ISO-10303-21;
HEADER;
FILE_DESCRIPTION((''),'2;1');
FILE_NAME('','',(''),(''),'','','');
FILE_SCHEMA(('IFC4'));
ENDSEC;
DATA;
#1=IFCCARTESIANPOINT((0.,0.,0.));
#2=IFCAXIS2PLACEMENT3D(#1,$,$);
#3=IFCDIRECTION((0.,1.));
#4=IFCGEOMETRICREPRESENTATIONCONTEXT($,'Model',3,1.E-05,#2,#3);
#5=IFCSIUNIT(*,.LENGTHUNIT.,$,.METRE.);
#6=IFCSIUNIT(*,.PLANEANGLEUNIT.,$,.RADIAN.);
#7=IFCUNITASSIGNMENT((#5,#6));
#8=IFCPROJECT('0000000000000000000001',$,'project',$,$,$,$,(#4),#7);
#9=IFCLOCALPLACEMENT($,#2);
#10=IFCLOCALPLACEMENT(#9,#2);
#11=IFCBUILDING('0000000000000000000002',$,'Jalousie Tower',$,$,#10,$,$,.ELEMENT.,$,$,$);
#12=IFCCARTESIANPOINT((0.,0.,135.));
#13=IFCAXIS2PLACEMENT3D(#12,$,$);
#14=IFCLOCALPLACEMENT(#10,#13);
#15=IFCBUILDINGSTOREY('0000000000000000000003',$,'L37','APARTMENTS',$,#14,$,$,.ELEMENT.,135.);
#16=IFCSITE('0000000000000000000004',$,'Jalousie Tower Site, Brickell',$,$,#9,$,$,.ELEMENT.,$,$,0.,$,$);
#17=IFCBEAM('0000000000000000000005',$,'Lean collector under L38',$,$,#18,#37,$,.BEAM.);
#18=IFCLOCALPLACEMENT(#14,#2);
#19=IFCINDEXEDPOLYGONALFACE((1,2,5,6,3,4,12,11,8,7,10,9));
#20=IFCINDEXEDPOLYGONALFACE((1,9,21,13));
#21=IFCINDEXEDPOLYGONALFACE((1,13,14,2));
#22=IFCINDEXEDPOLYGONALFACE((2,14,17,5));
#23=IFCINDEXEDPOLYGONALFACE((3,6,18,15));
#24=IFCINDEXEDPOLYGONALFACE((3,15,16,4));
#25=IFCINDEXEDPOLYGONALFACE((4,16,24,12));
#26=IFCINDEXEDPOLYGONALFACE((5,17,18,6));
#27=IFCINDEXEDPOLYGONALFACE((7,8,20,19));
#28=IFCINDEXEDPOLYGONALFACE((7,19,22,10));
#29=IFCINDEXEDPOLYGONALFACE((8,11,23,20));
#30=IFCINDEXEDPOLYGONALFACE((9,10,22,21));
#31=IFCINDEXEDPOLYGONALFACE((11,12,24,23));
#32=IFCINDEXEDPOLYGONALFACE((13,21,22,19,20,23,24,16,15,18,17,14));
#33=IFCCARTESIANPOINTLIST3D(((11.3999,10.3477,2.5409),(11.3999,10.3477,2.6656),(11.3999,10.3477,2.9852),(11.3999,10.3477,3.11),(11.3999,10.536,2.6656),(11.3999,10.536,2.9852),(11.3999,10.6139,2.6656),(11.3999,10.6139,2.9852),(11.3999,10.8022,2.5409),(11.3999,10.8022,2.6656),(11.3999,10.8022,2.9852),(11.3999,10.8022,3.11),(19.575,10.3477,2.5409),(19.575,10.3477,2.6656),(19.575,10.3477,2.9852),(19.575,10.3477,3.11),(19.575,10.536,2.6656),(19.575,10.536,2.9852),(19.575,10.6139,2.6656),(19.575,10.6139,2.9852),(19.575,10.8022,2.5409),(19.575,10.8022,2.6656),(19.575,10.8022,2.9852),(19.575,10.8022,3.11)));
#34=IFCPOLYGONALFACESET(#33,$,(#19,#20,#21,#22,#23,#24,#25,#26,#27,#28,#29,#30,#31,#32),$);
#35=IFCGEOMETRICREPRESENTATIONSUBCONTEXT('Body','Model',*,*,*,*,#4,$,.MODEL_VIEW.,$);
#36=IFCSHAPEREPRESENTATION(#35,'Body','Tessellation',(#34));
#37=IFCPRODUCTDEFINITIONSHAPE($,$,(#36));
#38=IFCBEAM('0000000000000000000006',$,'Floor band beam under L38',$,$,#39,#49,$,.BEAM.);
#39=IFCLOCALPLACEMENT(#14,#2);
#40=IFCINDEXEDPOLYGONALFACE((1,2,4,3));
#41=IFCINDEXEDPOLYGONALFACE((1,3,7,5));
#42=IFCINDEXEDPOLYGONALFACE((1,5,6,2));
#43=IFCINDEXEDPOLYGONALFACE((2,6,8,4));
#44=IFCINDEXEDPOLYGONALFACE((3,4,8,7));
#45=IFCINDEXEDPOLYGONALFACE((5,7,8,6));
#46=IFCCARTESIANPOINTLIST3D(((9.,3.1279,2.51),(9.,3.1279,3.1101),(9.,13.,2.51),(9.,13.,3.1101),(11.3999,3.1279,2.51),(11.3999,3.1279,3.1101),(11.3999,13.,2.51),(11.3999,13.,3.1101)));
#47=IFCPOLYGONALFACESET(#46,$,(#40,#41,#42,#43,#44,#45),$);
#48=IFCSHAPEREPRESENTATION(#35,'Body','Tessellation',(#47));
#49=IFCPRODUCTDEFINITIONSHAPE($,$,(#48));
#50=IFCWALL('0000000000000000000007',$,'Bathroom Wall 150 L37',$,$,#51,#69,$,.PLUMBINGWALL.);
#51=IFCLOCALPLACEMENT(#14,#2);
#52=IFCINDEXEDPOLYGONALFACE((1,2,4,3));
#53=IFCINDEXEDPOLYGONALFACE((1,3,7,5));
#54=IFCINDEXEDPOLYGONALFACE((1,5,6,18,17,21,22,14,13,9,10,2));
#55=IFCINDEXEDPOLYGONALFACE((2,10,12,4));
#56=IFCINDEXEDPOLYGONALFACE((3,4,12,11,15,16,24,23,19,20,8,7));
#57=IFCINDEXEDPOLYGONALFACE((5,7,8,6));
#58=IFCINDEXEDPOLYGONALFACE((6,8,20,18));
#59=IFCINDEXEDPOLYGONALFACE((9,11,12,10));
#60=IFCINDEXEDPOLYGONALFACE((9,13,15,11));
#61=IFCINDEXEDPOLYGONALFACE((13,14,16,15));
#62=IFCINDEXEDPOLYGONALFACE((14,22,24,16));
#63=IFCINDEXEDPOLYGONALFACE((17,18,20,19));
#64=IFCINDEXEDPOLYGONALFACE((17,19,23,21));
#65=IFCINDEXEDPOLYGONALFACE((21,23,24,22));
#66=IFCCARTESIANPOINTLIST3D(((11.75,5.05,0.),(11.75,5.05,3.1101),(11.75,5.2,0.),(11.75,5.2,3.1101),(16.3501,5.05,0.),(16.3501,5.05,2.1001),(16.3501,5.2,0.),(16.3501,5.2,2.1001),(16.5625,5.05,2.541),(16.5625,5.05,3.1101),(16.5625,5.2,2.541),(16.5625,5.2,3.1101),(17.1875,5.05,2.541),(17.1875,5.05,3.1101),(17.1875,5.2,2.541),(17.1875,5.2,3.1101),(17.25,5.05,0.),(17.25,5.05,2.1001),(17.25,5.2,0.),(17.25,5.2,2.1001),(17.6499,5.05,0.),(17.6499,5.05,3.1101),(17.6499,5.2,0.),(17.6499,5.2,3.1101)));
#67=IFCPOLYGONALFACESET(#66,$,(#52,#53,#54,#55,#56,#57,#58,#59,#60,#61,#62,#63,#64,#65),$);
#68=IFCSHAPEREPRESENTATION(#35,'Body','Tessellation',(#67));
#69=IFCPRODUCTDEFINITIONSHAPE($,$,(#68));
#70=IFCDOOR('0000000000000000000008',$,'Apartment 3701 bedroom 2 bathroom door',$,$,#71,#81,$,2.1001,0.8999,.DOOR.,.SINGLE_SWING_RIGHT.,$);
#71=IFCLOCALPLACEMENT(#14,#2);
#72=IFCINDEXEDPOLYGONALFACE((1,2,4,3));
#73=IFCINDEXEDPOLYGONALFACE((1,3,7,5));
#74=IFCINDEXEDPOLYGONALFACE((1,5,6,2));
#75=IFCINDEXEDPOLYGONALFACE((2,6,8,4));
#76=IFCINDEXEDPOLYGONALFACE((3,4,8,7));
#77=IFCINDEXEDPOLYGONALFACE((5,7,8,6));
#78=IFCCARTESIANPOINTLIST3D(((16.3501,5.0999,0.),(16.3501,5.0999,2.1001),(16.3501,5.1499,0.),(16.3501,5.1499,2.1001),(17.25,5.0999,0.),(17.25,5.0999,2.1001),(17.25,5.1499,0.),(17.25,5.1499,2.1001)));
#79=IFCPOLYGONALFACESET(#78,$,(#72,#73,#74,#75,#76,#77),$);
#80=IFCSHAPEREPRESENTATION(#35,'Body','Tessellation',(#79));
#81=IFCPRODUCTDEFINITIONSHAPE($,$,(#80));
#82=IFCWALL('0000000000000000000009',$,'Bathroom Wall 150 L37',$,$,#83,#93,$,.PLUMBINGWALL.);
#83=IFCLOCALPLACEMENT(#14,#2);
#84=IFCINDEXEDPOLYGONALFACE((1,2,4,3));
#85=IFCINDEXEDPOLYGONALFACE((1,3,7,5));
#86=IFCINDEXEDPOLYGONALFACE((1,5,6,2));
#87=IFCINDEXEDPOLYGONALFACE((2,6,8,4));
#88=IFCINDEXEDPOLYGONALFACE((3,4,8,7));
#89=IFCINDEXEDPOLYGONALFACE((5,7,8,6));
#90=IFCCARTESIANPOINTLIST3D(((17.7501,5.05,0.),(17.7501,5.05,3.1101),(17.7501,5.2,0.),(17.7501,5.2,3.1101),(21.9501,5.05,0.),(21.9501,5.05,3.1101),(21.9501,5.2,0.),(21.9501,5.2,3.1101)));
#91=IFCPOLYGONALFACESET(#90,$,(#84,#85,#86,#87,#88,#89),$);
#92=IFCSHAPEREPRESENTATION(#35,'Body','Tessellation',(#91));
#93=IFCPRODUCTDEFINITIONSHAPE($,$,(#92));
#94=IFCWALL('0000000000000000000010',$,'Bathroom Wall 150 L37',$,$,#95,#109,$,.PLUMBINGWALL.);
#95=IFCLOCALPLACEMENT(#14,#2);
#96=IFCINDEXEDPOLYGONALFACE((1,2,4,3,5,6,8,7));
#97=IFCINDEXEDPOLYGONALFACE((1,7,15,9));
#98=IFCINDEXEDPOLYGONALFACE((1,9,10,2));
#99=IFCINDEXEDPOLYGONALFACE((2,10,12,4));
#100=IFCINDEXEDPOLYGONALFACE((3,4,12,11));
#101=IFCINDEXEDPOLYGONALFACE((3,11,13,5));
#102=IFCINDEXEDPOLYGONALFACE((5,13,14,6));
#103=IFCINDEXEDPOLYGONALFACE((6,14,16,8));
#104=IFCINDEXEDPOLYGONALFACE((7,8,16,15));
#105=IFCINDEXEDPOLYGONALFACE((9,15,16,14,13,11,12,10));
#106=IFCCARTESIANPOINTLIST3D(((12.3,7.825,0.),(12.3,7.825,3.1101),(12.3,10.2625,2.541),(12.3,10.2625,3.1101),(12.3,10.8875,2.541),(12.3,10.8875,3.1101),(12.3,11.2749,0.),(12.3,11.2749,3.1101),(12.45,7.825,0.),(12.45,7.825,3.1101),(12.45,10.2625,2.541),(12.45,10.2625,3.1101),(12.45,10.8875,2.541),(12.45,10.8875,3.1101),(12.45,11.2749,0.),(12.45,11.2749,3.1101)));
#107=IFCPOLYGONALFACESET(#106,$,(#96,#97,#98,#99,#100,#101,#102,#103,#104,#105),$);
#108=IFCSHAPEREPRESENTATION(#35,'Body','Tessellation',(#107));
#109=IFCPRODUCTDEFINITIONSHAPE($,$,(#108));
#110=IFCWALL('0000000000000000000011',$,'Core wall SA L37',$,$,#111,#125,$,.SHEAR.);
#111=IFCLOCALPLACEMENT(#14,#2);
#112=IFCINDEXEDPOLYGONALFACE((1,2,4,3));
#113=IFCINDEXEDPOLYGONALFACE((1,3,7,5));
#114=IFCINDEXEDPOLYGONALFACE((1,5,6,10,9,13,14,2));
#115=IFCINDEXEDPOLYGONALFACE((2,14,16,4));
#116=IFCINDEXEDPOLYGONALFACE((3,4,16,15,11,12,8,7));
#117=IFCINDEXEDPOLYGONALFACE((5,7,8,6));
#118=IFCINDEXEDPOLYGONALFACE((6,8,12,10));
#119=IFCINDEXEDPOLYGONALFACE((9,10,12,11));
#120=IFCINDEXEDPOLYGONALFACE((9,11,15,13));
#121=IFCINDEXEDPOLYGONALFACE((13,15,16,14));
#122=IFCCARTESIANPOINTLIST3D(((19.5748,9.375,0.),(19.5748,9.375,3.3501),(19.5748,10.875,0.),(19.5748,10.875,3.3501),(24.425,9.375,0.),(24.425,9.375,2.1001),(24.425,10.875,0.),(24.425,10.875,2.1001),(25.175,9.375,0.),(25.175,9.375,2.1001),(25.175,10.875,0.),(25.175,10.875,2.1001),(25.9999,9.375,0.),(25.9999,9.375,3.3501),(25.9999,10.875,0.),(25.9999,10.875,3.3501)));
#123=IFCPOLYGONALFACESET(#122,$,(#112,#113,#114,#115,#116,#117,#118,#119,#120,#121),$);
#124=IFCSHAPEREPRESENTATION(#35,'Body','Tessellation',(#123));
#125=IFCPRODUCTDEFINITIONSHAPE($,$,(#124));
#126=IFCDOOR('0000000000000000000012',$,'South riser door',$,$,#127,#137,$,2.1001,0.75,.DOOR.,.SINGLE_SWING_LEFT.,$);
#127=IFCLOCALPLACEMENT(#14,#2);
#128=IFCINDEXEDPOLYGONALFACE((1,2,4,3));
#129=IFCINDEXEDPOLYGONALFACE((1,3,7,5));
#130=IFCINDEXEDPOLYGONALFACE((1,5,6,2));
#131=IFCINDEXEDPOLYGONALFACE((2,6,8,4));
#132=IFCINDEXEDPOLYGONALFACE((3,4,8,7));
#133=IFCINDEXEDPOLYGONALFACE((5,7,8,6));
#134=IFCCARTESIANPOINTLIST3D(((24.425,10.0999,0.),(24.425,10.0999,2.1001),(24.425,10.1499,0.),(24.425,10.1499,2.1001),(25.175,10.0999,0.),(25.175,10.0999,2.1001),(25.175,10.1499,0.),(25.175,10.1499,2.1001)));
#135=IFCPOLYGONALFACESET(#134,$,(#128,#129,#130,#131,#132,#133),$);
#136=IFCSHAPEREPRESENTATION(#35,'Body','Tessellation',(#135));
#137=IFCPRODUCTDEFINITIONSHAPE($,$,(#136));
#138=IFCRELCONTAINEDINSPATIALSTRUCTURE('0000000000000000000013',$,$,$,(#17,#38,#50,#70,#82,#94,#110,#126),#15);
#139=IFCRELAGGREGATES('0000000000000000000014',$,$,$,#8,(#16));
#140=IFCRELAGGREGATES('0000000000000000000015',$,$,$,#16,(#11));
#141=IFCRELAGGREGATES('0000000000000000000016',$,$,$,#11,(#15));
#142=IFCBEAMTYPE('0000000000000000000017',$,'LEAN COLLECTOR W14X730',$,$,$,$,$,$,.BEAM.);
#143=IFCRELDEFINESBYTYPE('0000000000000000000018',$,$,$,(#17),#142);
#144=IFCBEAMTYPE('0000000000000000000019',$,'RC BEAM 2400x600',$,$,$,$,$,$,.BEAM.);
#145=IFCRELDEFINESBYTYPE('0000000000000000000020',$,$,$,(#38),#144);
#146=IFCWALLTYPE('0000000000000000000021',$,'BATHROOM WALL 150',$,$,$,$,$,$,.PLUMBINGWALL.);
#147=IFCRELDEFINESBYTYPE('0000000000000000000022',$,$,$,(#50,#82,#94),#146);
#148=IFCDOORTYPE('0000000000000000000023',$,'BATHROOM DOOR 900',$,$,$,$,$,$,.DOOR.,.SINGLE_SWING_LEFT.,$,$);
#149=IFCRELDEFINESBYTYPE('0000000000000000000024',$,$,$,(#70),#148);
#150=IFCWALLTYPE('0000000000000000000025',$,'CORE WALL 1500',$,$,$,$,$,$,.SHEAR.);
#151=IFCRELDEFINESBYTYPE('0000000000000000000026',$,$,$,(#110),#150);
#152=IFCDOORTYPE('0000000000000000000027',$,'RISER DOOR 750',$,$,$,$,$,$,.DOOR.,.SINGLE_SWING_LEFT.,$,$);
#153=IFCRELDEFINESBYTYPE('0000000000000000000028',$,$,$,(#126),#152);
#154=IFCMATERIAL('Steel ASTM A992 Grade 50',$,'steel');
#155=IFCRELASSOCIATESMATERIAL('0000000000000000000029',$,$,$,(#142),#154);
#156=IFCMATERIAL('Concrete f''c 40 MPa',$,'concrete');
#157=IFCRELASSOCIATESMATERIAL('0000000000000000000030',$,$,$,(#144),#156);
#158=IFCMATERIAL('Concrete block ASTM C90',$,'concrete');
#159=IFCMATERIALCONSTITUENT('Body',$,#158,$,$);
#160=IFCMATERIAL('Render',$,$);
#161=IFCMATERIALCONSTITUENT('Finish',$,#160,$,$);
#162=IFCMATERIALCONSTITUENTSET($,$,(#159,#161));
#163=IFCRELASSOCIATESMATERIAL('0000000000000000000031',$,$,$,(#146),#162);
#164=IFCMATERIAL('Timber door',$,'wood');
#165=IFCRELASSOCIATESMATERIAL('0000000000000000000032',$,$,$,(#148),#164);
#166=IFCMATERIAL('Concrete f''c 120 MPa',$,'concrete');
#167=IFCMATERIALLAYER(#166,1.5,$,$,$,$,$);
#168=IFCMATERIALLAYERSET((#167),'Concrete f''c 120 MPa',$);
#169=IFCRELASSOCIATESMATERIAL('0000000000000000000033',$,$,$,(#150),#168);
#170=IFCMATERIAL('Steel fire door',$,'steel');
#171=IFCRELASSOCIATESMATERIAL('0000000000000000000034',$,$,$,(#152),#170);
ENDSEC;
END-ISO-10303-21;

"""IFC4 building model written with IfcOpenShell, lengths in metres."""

from ifc_helpers import new_model, si_unit, direction, frame, frame_2d, origin, origin_2d, place, context, subcontext, project, spatial, polyline, rectangle, i_section, outline, extrude, material, layer, layer_set, constituent, constituent_set, material_profile, profile_set, type_object, element, fill, save


model = new_model("IFC4")

# Units and contexts
model_context = context("Model", 3, precision=1e-05, world=origin(), true_north=direction((0.0, 1.0)))
body_context = subcontext(model_context, "Body", "Model", "MODEL_VIEW")
ifc_project = project(units=[si_unit("LENGTHUNIT", "METRE"), si_unit("PLANEANGLEUNIT", "RADIAN")], contexts=[model_context])

# Site, building, storey
site_placement = place(None, origin())
site = spatial("IfcSite", under=ifc_project, at=site_placement, Name="Jalousie Tower Site, Brickell", CompositionType="ELEMENT", RefElevation=0.0)
building_placement = place(site_placement, origin())
building = spatial("IfcBuilding", under=site, at=building_placement, Name="Jalousie Tower", CompositionType="ELEMENT")
storey_placement = place(building_placement, frame((0.0, 0.0, 135.0)))
storey = spatial("IfcBuildingStorey", under=building, at=storey_placement, Name="L37", Description="APARTMENTS", CompositionType="ELEMENT", Elevation=135.0)

# Beams
ifc_material_1 = material(Name="Steel ASTM A992 Grade 50", Category="steel")
ifc_material_profile_1 = material_profile(ifc_material_1, i_section(OverallWidth=0.4546, OverallDepth=0.5691, WebThickness=0.0779, FlangeThickness=0.1248, at=origin_2d()), Name="W14X730")
ifc_profile_set_1 = profile_set([ifc_material_profile_1], Name="Steel ASTM A992 Grade 50")
beam_type_1 = type_object("IfcBeamType", Name="LEAN COLLECTOR W14X730", PredefinedType="BEAM", material=ifc_profile_set_1)
beam_1_placement = place(storey_placement, frame((11.3999, 10.575, 2.8254), z_axis=(1.0, 0.0, 0.0), x_axis=(0.0, 1.0, 0.0)))
element("IfcBeam", 1, at=beam_1_placement, inside=storey, type_object=beam_type_1, Name="Lean collector under L38", PredefinedType="BEAM", context=body_context, shape_type="SweptSolid", body=[
    extrude(i_section(OverallWidth=0.4546, OverallDepth=0.5691, WebThickness=0.0779, FlangeThickness=0.1248, at=origin_2d()), origin(), (0.0, 0.0, 1.0), 8.175),
])
ifc_material_2 = material(Name="Concrete f'c 40 MPa", Category="concrete")
ifc_material_profile_2 = material_profile(ifc_material_2, rectangle(XDim=2.3999, YDim=0.6001, at=origin_2d()), Name="RC 2400x600")
ifc_profile_set_2 = profile_set([ifc_material_profile_2], Name="Concrete f'c 40 MPa")
beam_type_2 = type_object("IfcBeamType", Name="RC BEAM 2400x600", PredefinedType="BEAM", material=ifc_profile_set_2)
beam_2_placement = place(storey_placement, frame((10.2, 13.0, 2.8101), z_axis=(0.0, -1.0, 0.0), x_axis=(1.0, 0.0, 0.0)))
element("IfcBeam", 2, at=beam_2_placement, inside=storey, type_object=beam_type_2, Name="Floor band beam under L38", PredefinedType="BEAM", context=body_context, shape_type="SweptSolid", body=[
    extrude(rectangle(XDim=2.3999, YDim=0.6001, at=origin_2d()), origin(), (0.0, 0.0, 1.0), 9.8721),
])

# Wall, opening, door
ifc_material_3 = material(Name="Concrete block ASTM C90", Category="concrete")
ifc_constituent_1 = constituent(ifc_material_3, Name="Body")
ifc_material_4 = material(Name="Render")
ifc_constituent_2 = constituent(ifc_material_4, Name="Finish")
ifc_constituent_set_1 = constituent_set(constituents=[ifc_constituent_1, ifc_constituent_2])
wall_type_1 = type_object("IfcWallType", Name="BATHROOM WALL 150", PredefinedType="PLUMBINGWALL", material=ifc_constituent_set_1)
wall_1_placement = place(storey_placement, frame((11.75, 5.125, 0.0), z_axis=(0.0, 0.0, 1.0), x_axis=(1.0, 0.0, 0.0)))
wall_1 = element("IfcWall", 3, at=wall_1_placement, inside=storey, type_object=wall_type_1, Name="Bathroom Wall 150 L37", PredefinedType="PLUMBINGWALL", context=body_context, shape_type="SweptSolid", body=[
    extrude(outline(polyline([(0.0, 0.0), (5.8999, 0.0), (5.8999, 3.1101), (5.4375, 3.1101), (5.4375, 2.541), (4.8125, 2.541), (4.8125, 3.1101), (0.0, 3.1101), (0.0, 0.0)])), frame((0.0, 0.075, 0.0), z_axis=(0.0, -1.0, 0.0), x_axis=(1.0, 0.0, 0.0)), (0.0, 0.0, 1.0), 0.1499),
])
opening_1_placement = place(wall_1_placement, frame((4.6001, 0.0, 0.0)))
opening_1 = element("IfcOpeningElement", 4, at=opening_1_placement, cuts=wall_1, PredefinedType="OPENING", context=body_context, shape_type="SweptSolid", body=[
    extrude(rectangle(XDim=0.8999, YDim=2.1001, at=frame_2d((0.45, 1.05))), frame((0.0, 0.085, 0.0), z_axis=(0.0, -1.0, 0.0), x_axis=(1.0, 0.0, 0.0)), (0.0, 0.0, 1.0), 0.1699),
])
ifc_material_5 = material(Name="Timber door", Category="wood")
door_type_1 = type_object("IfcDoorType", Name="BATHROOM DOOR 900", OperationType="SINGLE_SWING_LEFT", PredefinedType="DOOR", material=ifc_material_5)
door_1_placement = place(opening_1_placement, origin())
door_1 = element("IfcDoor", 5, at=door_1_placement, inside=storey, type_object=door_type_1, Name="Apartment 3701 bedroom 2 bathroom door", OperationType="SINGLE_SWING_RIGHT", OverallHeight=2.1001, OverallWidth=0.8999, PredefinedType="DOOR", context=body_context, shape_type="SweptSolid", body=[
    extrude(rectangle(XDim=0.8999, YDim=2.1001, at=frame_2d((0.45, 1.05))), frame((0.0, 0.0249, 0.0), z_axis=(0.0, -1.0, 0.0), x_axis=(1.0, 0.0, 0.0)), (0.0, 0.0, 1.0), 0.05),
])
fill(opening_1, door_1)

# Walls
wall_2_placement = place(storey_placement, frame((17.75, 5.125, 0.0), z_axis=(0.0, 0.0, 1.0), x_axis=(1.0, 0.0, 0.0)))
element("IfcWall", 6, at=wall_2_placement, inside=storey, type_object=wall_type_1, Name="Bathroom Wall 150 L37", PredefinedType="PLUMBINGWALL", context=body_context, shape_type="SweptSolid", body=[
    extrude(rectangle(XDim=4.2, YDim=0.1499, at=frame_2d((2.1001, 0.0))), origin(), (0.0, 0.0, 1.0), 3.1101),
])
wall_3_placement = place(storey_placement, frame((12.375, 7.825, 0.0), z_axis=(0.0, 0.0, 1.0), x_axis=(0.0, 1.0, 0.0)))
element("IfcWall", 7, at=wall_3_placement, inside=storey, type_object=wall_type_1, Name="Bathroom Wall 150 L37", PredefinedType="PLUMBINGWALL", context=body_context, shape_type="SweptSolid", body=[
    extrude(outline(polyline([(0.0, 0.0), (3.45, 0.0), (3.45, 3.1101), (3.0625, 3.1101), (3.0625, 2.541), (2.4375, 2.541), (2.4375, 3.1101), (0.0, 3.1101), (0.0, 0.0)])), frame((0.0, 0.075, 0.0), z_axis=(0.0, -1.0, 0.0), x_axis=(1.0, 0.0, 0.0)), (0.0, 0.0, 1.0), 0.1499),
])

# Wall, opening, door
ifc_material_6 = material(Name="Concrete f'c 120 MPa", Category="concrete")
ifc_layer = layer(ifc_material_6, 1.5)
ifc_layer_set = layer_set([ifc_layer], Name="Concrete f'c 120 MPa")
wall_type_2 = type_object("IfcWallType", Name="CORE WALL 1500", PredefinedType="SHEAR", material=ifc_layer_set)
wall_4_placement = place(storey_placement, frame((19.575, 10.125, 0.0), z_axis=(0.0, 0.0, 1.0), x_axis=(1.0, 0.0, 0.0)))
wall_4 = element("IfcWall", 8, at=wall_4_placement, inside=storey, type_object=wall_type_2, Name="Core wall SA L37", PredefinedType="SHEAR", context=body_context, shape_type="SweptSolid", body=[
    extrude(rectangle(XDim=6.425, YDim=1.5, at=frame_2d((3.2124, 0.0))), origin(), (0.0, 0.0, 1.0), 3.3501),
])
opening_2_placement = place(wall_4_placement, frame((4.8501, 0.0, 0.0)))
opening_2 = element("IfcOpeningElement", 9, at=opening_2_placement, cuts=wall_4, PredefinedType="OPENING", context=body_context, shape_type="SweptSolid", body=[
    extrude(rectangle(XDim=0.75, YDim=2.1001, at=frame_2d((0.375, 1.05))), frame((0.0, 0.76, 0.0), z_axis=(0.0, -1.0, 0.0), x_axis=(1.0, 0.0, 0.0)), (0.0, 0.0, 1.0), 1.52),
])
ifc_material_7 = material(Name="Steel fire door", Category="steel")
door_type_2 = type_object("IfcDoorType", Name="RISER DOOR 750", OperationType="SINGLE_SWING_LEFT", PredefinedType="DOOR", material=ifc_material_7)
door_2_placement = place(opening_2_placement, origin())
door_2 = element("IfcDoor", 10, at=door_2_placement, inside=storey, type_object=door_type_2, Name="South riser door", OperationType="SINGLE_SWING_LEFT", OverallHeight=2.1001, OverallWidth=0.75, PredefinedType="DOOR", context=body_context, shape_type="SweptSolid", body=[
    extrude(rectangle(XDim=0.75, YDim=2.1001, at=frame_2d((0.375, 1.05))), frame((0.0, 0.0249, 0.0), z_axis=(0.0, -1.0, 0.0), x_axis=(1.0, 0.0, 0.0)), (0.0, 0.0, 1.0), 0.05),
])
fill(opening_2, door_2)

save(model, "model.ifc")
